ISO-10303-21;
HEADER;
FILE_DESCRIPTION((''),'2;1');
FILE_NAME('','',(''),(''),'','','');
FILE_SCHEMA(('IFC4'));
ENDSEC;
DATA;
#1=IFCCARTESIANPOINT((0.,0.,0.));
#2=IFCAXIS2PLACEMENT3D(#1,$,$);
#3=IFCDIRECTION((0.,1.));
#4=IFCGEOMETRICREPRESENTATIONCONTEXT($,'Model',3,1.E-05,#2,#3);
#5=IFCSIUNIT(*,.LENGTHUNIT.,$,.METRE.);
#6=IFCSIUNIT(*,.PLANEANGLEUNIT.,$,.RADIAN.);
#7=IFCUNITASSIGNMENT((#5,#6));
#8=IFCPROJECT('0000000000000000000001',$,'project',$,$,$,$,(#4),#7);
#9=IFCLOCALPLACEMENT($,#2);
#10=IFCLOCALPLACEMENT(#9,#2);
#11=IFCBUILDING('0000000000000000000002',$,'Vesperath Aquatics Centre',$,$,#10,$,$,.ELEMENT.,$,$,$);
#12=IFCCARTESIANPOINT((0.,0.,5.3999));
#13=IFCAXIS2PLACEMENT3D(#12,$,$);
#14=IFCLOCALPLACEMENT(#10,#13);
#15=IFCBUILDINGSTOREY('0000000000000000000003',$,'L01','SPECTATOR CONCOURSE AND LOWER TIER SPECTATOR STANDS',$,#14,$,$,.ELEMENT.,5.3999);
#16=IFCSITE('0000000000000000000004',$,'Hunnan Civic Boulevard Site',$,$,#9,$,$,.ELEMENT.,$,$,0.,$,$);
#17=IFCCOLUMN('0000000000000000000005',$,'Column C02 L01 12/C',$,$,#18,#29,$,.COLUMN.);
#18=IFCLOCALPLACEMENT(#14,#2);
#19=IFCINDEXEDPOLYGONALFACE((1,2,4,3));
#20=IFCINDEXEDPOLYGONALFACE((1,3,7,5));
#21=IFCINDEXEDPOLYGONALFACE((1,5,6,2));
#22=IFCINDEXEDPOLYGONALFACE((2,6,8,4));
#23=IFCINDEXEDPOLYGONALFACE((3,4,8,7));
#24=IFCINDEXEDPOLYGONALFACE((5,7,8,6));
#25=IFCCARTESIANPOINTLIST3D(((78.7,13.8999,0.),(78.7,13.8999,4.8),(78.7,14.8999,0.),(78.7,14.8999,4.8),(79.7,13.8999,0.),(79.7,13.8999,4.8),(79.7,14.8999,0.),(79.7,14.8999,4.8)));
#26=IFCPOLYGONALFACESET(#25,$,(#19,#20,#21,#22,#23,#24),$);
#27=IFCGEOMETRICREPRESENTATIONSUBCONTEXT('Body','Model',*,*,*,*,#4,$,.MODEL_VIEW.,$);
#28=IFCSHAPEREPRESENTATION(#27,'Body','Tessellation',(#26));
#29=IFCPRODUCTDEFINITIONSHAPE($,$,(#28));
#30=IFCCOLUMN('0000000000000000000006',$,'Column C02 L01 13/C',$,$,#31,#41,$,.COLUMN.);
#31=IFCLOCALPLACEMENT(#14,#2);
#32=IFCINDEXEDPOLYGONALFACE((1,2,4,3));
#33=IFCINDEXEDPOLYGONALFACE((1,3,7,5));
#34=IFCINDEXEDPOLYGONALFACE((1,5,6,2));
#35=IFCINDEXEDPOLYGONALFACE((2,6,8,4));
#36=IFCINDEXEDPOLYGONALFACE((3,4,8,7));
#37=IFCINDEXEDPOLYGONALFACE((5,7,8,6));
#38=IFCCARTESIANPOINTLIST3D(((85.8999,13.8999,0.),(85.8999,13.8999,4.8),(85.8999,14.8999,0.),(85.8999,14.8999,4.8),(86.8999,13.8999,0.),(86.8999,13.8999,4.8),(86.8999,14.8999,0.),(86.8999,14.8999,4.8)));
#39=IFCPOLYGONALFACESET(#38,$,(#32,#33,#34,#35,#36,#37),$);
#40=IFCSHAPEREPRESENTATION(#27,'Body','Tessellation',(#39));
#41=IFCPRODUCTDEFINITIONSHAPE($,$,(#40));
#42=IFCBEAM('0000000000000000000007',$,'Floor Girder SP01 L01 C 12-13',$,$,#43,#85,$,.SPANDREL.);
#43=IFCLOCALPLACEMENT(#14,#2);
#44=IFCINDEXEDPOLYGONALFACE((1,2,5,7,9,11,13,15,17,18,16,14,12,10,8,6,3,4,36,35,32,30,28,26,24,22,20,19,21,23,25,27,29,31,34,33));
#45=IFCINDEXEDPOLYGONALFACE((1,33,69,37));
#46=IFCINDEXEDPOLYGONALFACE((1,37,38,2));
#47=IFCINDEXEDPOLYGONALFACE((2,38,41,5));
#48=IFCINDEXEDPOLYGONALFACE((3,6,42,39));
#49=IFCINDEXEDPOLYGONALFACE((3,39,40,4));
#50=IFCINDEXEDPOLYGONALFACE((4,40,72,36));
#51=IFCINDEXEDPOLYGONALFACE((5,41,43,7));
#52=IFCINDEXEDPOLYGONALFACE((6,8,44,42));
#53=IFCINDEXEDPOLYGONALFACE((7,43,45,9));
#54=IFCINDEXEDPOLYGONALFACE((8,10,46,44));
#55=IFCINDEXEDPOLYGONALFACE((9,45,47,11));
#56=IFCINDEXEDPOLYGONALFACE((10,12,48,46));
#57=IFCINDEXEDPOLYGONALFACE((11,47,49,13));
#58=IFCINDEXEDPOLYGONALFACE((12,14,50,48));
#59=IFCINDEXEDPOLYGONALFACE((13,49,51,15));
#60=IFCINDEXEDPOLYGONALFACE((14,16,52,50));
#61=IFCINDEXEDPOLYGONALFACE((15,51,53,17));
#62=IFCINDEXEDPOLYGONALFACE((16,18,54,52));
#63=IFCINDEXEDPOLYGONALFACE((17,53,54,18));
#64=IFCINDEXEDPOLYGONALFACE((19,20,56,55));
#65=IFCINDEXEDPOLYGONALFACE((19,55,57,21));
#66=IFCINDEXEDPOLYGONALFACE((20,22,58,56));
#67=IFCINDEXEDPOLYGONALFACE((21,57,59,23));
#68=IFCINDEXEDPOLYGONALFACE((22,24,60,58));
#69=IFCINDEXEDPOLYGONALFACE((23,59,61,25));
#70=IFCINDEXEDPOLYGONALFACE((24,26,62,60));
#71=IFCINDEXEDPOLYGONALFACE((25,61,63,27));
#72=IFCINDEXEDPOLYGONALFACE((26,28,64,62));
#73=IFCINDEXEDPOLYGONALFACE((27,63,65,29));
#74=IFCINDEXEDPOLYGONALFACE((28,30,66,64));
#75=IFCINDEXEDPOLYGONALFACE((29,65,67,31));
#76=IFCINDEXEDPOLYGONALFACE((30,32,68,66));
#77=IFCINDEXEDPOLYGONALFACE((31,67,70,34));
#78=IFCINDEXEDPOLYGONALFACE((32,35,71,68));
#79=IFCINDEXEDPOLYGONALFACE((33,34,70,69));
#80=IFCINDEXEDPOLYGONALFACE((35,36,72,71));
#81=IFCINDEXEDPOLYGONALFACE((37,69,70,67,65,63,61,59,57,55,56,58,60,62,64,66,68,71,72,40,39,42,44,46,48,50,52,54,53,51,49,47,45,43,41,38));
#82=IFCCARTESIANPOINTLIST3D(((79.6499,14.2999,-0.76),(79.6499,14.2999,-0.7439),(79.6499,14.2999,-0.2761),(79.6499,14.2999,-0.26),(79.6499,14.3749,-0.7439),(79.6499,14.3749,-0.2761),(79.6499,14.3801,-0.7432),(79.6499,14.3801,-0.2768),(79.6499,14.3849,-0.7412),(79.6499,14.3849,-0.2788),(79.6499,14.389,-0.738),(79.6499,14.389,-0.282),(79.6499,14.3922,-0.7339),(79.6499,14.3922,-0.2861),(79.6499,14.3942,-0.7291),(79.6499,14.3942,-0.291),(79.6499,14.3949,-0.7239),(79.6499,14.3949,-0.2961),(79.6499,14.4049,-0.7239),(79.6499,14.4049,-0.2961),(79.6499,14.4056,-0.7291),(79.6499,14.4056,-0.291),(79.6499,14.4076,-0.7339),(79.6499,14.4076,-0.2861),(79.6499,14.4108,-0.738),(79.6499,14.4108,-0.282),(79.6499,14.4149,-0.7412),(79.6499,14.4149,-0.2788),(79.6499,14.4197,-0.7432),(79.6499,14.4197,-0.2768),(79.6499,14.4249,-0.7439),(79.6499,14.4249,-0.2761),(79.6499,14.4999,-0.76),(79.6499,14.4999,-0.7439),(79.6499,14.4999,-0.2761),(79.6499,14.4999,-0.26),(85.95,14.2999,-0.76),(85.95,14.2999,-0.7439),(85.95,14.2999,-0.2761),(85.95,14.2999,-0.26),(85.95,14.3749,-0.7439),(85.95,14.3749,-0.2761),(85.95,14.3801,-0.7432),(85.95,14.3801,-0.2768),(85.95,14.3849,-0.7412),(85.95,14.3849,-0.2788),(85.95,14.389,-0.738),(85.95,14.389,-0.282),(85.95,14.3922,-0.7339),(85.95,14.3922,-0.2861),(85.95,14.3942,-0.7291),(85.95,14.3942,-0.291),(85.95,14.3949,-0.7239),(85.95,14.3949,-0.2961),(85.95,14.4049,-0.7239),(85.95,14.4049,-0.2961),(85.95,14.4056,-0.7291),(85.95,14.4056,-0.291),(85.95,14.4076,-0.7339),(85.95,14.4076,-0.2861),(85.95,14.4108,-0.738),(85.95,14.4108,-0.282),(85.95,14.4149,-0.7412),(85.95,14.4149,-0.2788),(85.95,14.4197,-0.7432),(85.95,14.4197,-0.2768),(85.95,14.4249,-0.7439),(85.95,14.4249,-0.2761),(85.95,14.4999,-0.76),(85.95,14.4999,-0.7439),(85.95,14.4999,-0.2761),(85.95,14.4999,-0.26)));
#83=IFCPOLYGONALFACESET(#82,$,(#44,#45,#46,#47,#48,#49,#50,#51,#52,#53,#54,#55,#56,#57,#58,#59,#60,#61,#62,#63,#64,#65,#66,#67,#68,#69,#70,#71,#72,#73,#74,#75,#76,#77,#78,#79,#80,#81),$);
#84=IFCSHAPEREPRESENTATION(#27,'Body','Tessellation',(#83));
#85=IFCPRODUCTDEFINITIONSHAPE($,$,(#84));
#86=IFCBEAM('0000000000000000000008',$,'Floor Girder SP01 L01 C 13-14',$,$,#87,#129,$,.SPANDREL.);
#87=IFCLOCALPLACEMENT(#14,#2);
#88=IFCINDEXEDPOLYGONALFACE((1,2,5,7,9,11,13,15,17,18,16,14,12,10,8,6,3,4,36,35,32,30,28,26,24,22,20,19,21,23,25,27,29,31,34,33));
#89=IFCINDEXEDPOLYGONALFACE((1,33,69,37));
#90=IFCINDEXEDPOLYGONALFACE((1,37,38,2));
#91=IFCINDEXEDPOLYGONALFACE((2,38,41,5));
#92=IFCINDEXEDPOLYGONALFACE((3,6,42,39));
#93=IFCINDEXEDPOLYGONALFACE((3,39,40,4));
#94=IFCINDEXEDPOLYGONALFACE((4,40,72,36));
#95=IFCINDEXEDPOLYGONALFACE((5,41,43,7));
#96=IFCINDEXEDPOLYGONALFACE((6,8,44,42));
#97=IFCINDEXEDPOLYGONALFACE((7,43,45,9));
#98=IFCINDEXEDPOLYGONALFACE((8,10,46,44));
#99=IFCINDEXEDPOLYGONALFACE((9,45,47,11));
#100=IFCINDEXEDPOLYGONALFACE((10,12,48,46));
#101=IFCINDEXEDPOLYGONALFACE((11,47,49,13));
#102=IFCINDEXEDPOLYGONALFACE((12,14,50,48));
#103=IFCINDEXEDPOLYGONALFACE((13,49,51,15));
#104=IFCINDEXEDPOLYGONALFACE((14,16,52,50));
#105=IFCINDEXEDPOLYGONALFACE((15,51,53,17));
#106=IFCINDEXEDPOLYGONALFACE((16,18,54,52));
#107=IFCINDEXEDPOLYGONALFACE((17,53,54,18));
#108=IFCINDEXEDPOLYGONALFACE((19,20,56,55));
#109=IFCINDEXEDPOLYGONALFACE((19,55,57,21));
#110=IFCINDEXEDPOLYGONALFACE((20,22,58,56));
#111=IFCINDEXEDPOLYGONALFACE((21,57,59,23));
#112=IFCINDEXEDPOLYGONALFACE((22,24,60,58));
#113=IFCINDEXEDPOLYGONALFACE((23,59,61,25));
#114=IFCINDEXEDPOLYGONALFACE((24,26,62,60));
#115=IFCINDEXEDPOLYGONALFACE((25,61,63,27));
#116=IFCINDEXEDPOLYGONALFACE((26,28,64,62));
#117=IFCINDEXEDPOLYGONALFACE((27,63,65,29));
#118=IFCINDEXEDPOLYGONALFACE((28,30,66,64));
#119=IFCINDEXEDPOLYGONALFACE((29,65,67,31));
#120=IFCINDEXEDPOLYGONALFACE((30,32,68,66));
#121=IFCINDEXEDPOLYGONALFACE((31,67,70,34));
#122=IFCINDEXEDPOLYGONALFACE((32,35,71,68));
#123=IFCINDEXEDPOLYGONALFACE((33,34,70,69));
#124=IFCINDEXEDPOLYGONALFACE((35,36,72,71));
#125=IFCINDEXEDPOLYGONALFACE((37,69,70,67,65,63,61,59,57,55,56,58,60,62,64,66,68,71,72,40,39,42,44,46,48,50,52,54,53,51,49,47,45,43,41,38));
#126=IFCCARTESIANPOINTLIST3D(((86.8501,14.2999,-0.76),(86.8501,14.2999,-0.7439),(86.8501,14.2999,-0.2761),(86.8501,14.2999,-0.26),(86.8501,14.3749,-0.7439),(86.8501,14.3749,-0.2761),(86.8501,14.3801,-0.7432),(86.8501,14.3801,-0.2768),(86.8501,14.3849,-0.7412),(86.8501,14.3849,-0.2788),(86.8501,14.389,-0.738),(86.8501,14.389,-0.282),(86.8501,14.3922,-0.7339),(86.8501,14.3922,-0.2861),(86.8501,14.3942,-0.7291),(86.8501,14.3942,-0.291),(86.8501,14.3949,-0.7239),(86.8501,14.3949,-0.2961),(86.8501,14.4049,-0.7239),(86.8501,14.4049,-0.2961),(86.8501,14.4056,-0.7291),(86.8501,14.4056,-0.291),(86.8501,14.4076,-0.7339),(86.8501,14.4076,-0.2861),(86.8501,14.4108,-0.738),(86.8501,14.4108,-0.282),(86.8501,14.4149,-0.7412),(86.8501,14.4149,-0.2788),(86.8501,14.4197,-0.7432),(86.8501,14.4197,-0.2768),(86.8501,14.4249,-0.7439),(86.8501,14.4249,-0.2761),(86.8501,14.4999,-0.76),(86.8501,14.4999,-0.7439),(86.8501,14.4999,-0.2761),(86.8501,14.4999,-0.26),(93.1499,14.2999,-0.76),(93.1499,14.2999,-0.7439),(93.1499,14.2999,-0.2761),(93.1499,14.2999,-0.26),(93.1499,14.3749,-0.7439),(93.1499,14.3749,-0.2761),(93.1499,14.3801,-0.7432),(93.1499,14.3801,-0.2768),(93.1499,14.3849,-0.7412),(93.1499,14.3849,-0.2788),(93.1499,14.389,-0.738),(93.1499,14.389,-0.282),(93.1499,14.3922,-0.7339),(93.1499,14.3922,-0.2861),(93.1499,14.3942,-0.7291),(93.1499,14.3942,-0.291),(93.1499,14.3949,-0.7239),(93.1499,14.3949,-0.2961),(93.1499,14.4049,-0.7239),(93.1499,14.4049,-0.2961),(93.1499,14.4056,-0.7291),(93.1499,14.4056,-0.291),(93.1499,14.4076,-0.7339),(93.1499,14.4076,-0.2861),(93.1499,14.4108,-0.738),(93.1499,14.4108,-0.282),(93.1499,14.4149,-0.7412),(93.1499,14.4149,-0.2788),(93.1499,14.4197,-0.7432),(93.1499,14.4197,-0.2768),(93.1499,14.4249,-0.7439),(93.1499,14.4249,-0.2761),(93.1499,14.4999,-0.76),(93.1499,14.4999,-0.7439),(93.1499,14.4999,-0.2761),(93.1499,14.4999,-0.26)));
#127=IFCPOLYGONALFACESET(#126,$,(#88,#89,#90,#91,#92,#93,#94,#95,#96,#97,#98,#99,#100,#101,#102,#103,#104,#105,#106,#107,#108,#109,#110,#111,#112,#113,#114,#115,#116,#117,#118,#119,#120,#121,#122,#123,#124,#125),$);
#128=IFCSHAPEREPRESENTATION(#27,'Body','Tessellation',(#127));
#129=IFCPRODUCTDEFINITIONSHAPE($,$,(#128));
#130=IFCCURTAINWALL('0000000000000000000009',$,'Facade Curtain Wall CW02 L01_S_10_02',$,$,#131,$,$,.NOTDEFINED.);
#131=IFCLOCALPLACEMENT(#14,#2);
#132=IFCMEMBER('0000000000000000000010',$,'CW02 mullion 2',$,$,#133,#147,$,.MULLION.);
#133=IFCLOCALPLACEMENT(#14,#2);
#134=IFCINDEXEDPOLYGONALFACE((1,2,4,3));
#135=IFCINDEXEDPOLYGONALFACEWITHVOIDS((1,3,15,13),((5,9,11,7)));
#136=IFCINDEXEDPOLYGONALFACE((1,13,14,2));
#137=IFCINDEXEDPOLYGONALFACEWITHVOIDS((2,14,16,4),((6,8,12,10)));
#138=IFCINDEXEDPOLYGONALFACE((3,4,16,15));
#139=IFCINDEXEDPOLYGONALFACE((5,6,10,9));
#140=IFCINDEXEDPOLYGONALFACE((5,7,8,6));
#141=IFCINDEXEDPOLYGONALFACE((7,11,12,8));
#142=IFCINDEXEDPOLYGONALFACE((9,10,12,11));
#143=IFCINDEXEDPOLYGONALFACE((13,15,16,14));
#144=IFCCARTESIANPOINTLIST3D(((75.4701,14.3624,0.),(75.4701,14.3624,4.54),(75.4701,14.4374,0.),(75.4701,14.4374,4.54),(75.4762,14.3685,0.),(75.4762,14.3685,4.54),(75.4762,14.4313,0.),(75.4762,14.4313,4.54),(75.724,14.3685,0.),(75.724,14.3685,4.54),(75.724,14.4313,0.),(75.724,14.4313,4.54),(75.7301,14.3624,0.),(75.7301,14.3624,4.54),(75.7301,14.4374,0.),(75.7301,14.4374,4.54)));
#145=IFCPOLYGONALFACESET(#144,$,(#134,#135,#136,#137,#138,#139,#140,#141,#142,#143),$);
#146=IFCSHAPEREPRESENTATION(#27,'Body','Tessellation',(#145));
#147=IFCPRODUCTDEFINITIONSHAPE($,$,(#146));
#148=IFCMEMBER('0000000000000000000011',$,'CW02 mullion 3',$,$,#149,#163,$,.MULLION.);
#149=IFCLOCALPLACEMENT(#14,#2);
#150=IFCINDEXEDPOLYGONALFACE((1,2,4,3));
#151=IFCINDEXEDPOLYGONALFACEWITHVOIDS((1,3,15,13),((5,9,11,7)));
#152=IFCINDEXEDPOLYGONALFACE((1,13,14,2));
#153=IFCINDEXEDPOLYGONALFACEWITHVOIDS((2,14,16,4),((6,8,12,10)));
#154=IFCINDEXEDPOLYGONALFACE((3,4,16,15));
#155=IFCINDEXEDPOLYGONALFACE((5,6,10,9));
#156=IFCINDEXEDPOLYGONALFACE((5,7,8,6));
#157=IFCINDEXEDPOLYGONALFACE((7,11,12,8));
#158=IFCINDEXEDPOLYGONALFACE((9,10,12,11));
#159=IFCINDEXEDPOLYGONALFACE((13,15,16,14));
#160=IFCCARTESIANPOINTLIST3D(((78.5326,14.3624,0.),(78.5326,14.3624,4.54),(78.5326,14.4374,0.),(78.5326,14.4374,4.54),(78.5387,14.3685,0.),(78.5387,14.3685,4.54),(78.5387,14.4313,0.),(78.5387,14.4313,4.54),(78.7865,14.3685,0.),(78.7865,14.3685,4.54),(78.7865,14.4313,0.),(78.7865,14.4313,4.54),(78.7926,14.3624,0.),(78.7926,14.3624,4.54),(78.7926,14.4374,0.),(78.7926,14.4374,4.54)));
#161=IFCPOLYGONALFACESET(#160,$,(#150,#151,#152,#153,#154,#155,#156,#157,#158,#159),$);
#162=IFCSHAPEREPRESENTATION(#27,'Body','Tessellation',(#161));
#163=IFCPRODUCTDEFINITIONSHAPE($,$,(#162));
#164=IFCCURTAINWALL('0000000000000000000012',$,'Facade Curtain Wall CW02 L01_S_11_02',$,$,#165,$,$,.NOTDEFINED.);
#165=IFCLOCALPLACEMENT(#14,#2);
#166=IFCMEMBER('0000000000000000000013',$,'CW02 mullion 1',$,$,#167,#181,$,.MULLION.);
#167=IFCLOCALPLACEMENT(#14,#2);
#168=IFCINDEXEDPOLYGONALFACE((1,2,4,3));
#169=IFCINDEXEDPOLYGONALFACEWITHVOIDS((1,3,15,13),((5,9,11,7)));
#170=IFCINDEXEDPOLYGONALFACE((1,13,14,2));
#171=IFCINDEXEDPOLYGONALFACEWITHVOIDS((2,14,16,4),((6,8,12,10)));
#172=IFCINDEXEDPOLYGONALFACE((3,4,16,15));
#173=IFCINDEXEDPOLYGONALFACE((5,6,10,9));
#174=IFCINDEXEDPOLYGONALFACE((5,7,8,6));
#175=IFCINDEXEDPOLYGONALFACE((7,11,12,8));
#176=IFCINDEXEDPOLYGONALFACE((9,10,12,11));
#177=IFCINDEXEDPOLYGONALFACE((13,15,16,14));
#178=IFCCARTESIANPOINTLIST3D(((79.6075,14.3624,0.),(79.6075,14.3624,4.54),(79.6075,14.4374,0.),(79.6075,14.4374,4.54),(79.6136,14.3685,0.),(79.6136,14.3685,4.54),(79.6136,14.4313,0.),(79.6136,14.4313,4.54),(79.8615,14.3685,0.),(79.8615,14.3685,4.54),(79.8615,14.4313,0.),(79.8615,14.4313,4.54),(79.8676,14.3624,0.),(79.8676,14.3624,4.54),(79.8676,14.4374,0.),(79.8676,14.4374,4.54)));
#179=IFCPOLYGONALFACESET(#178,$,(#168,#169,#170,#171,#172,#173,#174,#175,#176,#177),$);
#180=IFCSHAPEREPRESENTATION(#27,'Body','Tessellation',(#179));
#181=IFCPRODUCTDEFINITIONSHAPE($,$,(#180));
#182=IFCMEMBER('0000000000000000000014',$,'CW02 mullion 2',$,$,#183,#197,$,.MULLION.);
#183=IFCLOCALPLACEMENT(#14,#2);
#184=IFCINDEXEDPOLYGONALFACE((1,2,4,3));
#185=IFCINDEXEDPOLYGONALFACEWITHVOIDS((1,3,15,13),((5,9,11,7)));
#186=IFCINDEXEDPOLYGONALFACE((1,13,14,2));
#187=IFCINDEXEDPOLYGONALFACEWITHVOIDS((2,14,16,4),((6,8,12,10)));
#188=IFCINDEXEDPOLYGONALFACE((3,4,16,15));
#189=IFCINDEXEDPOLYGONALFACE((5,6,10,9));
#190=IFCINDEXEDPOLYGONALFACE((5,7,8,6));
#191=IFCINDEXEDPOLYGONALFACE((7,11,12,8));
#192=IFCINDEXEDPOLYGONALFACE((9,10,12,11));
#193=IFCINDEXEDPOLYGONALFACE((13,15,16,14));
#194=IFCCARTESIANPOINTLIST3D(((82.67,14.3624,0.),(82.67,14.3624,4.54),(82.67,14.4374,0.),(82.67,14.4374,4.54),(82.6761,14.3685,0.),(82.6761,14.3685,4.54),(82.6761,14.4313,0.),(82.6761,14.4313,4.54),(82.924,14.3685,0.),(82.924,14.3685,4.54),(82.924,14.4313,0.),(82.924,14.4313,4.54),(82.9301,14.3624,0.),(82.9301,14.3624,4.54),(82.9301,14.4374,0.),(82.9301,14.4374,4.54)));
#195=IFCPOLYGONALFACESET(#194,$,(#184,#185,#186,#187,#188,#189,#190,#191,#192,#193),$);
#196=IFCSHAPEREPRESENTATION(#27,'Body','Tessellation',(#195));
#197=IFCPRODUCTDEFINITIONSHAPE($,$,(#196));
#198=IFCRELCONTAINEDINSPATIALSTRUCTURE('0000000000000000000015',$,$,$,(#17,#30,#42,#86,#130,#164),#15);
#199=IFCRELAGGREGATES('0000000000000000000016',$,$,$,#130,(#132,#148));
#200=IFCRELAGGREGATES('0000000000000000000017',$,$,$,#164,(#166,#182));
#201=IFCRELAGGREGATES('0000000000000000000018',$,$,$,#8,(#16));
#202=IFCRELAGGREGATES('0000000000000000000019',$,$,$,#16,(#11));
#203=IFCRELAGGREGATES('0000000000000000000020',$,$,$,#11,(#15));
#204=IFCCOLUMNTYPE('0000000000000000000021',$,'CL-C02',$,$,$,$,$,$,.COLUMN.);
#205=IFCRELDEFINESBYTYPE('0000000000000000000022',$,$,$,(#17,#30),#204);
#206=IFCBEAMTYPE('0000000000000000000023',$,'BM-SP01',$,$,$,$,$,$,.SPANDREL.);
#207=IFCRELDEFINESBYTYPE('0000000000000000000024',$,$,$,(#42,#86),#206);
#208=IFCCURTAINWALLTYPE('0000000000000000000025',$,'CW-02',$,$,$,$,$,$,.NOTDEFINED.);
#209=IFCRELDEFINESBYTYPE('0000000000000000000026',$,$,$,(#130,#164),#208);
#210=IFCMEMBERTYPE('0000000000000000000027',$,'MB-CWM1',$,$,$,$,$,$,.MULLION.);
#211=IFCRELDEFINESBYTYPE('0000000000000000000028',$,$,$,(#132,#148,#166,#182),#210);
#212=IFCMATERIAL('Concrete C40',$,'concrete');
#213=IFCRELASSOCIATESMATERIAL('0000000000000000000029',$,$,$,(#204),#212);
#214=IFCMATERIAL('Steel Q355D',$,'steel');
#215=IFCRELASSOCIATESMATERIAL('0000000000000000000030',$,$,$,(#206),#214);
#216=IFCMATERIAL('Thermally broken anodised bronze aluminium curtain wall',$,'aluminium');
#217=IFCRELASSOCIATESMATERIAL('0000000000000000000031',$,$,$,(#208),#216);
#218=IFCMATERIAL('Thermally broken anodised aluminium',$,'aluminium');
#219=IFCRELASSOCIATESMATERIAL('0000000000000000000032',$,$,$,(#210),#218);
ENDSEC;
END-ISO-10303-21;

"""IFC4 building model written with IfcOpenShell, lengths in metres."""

from ifc_helpers import new_model, si_unit, direction, frame, origin, origin_2d, place, context, subcontext, project, spatial, rectangle, hollow_rectangle, i_section, extrude, material, material_profile, profile_set, type_object, element, aggregate, save


model = new_model("IFC4")

# Units and contexts
model_context = context("Model", 3, precision=1e-05, world=origin(), true_north=direction((0.0, 1.0)))
body_context = subcontext(model_context, "Body", "Model", "MODEL_VIEW")
ifc_project = project(units=[si_unit("LENGTHUNIT", "METRE"), si_unit("PLANEANGLEUNIT", "RADIAN")], contexts=[model_context])

# Site, building, storey
site_placement = place(None, origin())
site = spatial("IfcSite", under=ifc_project, at=site_placement, Name="Hunnan Civic Boulevard Site", CompositionType="ELEMENT", RefElevation=0.0)
building_placement = place(site_placement, origin())
building = spatial("IfcBuilding", under=site, at=building_placement, Name="Vesperath Aquatics Centre", CompositionType="ELEMENT")
storey_placement = place(building_placement, frame((0.0, 0.0, 5.3999)))
storey = spatial("IfcBuildingStorey", under=building, at=storey_placement, Name="L01", Description="SPECTATOR CONCOURSE AND LOWER TIER SPECTATOR STANDS", CompositionType="ELEMENT", Elevation=5.3999)

# Columns
ifc_material_1 = material(Name="Concrete C40", Category="concrete")
ifc_material_profile_1 = material_profile(ifc_material_1, rectangle(XDim=1.0, YDim=1.0, at=origin_2d()), Name="RC 1000x1000")
ifc_profile_set_1 = profile_set([ifc_material_profile_1], Name="Concrete C40")
column_type = type_object("IfcColumnType", Name="CL-C02", PredefinedType="COLUMN", material=ifc_profile_set_1)
for number, where, z_axis, x_axis, name in (
    (1, (79.2, 14.3999, 0.0), (0.0, 0.0, 1.0), (1.0, 0.0, 0.0), "Column C02 L01 12/C"),
    (2, (86.3999, 14.3999, 0.0), (0.0, 0.0, 1.0), (1.0, 0.0, 0.0), "Column C02 L01 13/C"),
):
    element("IfcColumn", number, at=place(storey_placement, frame(where, z_axis=z_axis, x_axis=x_axis)), inside=storey, type_object=column_type, Name=name, PredefinedType="COLUMN", context=body_context, shape_type="SweptSolid", body=[
        extrude(rectangle(XDim=1.0, YDim=1.0, at=origin_2d()), origin(), (0.0, 0.0, 1.0), 4.8),
    ])

# Beams
ifc_material_2 = material(Name="Steel Q355D", Category="steel")
ifc_material_profile_2 = material_profile(ifc_material_2, i_section(OverallWidth=0.2, OverallDepth=0.5, WebThickness=0.01, FlangeThickness=0.0161, FilletRadius=0.02, at=origin_2d()), Name="HN 500x200x10x16")
ifc_profile_set_2 = profile_set([ifc_material_profile_2], Name="Steel Q355D")
beam_type = type_object("IfcBeamType", Name="BM-SP01", PredefinedType="SPANDREL", material=ifc_profile_set_2)
beam_1_placement = place(storey_placement, frame((79.6499, 14.3999, -0.51), z_axis=(1.0, 0.0, 0.0), x_axis=(0.0, 1.0, 0.0)))
element("IfcBeam", 3, at=beam_1_placement, inside=storey, type_object=beam_type, Name="Floor Girder SP01 L01 C 12-13", PredefinedType="SPANDREL", context=body_context, shape_type="SweptSolid", body=[
    extrude(i_section(OverallWidth=0.2, OverallDepth=0.5, WebThickness=0.01, FlangeThickness=0.0161, FilletRadius=0.02, at=origin_2d()), origin(), (0.0, 0.0, 1.0), 6.3),
])
beam_2_placement = place(storey_placement, frame((86.8501, 14.3999, -0.51), z_axis=(1.0, 0.0, 0.0), x_axis=(0.0, 1.0, 0.0)))
element("IfcBeam", 4, at=beam_2_placement, inside=storey, type_object=beam_type, Name="Floor Girder SP01 L01 C 13-14", PredefinedType="SPANDREL", context=body_context, shape_type="SweptSolid", body=[
    extrude(i_section(OverallWidth=0.2, OverallDepth=0.5, WebThickness=0.01, FlangeThickness=0.0161, FilletRadius=0.02, at=origin_2d()), origin(), (0.0, 0.0, 1.0), 6.2998),
])

# Curtain walls, members
ifc_material_3 = material(Name="Thermally broken anodised bronze aluminium curtain wall", Category="aluminium")
curtain_wall_type = type_object("IfcCurtainWallType", Name="CW-02", PredefinedType="NOTDEFINED", material=ifc_material_3)
curtain_wall_1_placement = place(storey_placement, origin())
curtain_wall_1 = element("IfcCurtainWall", 5, at=curtain_wall_1_placement, inside=storey, type_object=curtain_wall_type, Name="Facade Curtain Wall CW02 L01_S_10_02", PredefinedType="NOTDEFINED")
ifc_material_4 = material(Name="Thermally broken anodised aluminium", Category="aluminium")
ifc_material_profile_3 = material_profile(ifc_material_4, hollow_rectangle(XDim=0.075, YDim=0.26, WallThickness=0.0061, at=origin_2d()), Name="CWM 75x260x6")
ifc_profile_set_3 = profile_set([ifc_material_profile_3], Name="Thermally broken anodised aluminium")
member_type_1 = type_object("IfcMemberType", Name="MB-CWM1", PredefinedType="MULLION", material=ifc_profile_set_3)
member_1_placement = place(storey_placement, frame((75.6001, 14.3999, 0.0), z_axis=(0.0, 0.0, 1.0), x_axis=(0.0, 1.0, 0.0)))
member_1 = element("IfcMember", 6, at=member_1_placement, type_object=member_type_1, Name="CW02 mullion 2", PredefinedType="MULLION", context=body_context, shape_type="SweptSolid", body=[
    extrude(hollow_rectangle(XDim=0.075, YDim=0.26, WallThickness=0.0061, at=origin_2d()), origin(), (0.0, 0.0, 1.0), 4.54),
])
member_2_placement = place(storey_placement, frame((78.6626, 14.3999, 0.0), z_axis=(0.0, 0.0, 1.0), x_axis=(0.0, 1.0, 0.0)))
member_2 = element("IfcMember", 7, at=member_2_placement, type_object=member_type_1, Name="CW02 mullion 3", PredefinedType="MULLION", context=body_context, shape_type="SweptSolid", body=[
    extrude(hollow_rectangle(XDim=0.075, YDim=0.26, WallThickness=0.0061, at=origin_2d()), origin(), (0.0, 0.0, 1.0), 4.54),
])
curtain_wall_2_placement = place(storey_placement, origin())
curtain_wall_2 = element("IfcCurtainWall", 8, at=curtain_wall_2_placement, inside=storey, type_object=curtain_wall_type, Name="Facade Curtain Wall CW02 L01_S_11_02", PredefinedType="NOTDEFINED")
member_3_placement = place(storey_placement, frame((79.7375, 14.3999, 0.0), z_axis=(0.0, 0.0, 1.0), x_axis=(0.0, 1.0, 0.0)))
member_3 = element("IfcMember", 9, at=member_3_placement, type_object=member_type_1, Name="CW02 mullion 1", PredefinedType="MULLION", context=body_context, shape_type="SweptSolid", body=[
    extrude(hollow_rectangle(XDim=0.075, YDim=0.26, WallThickness=0.0061, at=origin_2d()), origin(), (0.0, 0.0, 1.0), 4.54),
])
member_4_placement = place(storey_placement, frame((82.8, 14.3999, 0.0), z_axis=(0.0, 0.0, 1.0), x_axis=(0.0, 1.0, 0.0)))
member_4 = element("IfcMember", 10, at=member_4_placement, type_object=member_type_1, Name="CW02 mullion 2", PredefinedType="MULLION", context=body_context, shape_type="SweptSolid", body=[
    extrude(hollow_rectangle(XDim=0.075, YDim=0.26, WallThickness=0.0061, at=origin_2d()), origin(), (0.0, 0.0, 1.0), 4.54),
])

aggregate(curtain_wall_1, [member_1, member_2])
aggregate(curtain_wall_2, [member_3, member_4])

save(model, "model.ifc")
